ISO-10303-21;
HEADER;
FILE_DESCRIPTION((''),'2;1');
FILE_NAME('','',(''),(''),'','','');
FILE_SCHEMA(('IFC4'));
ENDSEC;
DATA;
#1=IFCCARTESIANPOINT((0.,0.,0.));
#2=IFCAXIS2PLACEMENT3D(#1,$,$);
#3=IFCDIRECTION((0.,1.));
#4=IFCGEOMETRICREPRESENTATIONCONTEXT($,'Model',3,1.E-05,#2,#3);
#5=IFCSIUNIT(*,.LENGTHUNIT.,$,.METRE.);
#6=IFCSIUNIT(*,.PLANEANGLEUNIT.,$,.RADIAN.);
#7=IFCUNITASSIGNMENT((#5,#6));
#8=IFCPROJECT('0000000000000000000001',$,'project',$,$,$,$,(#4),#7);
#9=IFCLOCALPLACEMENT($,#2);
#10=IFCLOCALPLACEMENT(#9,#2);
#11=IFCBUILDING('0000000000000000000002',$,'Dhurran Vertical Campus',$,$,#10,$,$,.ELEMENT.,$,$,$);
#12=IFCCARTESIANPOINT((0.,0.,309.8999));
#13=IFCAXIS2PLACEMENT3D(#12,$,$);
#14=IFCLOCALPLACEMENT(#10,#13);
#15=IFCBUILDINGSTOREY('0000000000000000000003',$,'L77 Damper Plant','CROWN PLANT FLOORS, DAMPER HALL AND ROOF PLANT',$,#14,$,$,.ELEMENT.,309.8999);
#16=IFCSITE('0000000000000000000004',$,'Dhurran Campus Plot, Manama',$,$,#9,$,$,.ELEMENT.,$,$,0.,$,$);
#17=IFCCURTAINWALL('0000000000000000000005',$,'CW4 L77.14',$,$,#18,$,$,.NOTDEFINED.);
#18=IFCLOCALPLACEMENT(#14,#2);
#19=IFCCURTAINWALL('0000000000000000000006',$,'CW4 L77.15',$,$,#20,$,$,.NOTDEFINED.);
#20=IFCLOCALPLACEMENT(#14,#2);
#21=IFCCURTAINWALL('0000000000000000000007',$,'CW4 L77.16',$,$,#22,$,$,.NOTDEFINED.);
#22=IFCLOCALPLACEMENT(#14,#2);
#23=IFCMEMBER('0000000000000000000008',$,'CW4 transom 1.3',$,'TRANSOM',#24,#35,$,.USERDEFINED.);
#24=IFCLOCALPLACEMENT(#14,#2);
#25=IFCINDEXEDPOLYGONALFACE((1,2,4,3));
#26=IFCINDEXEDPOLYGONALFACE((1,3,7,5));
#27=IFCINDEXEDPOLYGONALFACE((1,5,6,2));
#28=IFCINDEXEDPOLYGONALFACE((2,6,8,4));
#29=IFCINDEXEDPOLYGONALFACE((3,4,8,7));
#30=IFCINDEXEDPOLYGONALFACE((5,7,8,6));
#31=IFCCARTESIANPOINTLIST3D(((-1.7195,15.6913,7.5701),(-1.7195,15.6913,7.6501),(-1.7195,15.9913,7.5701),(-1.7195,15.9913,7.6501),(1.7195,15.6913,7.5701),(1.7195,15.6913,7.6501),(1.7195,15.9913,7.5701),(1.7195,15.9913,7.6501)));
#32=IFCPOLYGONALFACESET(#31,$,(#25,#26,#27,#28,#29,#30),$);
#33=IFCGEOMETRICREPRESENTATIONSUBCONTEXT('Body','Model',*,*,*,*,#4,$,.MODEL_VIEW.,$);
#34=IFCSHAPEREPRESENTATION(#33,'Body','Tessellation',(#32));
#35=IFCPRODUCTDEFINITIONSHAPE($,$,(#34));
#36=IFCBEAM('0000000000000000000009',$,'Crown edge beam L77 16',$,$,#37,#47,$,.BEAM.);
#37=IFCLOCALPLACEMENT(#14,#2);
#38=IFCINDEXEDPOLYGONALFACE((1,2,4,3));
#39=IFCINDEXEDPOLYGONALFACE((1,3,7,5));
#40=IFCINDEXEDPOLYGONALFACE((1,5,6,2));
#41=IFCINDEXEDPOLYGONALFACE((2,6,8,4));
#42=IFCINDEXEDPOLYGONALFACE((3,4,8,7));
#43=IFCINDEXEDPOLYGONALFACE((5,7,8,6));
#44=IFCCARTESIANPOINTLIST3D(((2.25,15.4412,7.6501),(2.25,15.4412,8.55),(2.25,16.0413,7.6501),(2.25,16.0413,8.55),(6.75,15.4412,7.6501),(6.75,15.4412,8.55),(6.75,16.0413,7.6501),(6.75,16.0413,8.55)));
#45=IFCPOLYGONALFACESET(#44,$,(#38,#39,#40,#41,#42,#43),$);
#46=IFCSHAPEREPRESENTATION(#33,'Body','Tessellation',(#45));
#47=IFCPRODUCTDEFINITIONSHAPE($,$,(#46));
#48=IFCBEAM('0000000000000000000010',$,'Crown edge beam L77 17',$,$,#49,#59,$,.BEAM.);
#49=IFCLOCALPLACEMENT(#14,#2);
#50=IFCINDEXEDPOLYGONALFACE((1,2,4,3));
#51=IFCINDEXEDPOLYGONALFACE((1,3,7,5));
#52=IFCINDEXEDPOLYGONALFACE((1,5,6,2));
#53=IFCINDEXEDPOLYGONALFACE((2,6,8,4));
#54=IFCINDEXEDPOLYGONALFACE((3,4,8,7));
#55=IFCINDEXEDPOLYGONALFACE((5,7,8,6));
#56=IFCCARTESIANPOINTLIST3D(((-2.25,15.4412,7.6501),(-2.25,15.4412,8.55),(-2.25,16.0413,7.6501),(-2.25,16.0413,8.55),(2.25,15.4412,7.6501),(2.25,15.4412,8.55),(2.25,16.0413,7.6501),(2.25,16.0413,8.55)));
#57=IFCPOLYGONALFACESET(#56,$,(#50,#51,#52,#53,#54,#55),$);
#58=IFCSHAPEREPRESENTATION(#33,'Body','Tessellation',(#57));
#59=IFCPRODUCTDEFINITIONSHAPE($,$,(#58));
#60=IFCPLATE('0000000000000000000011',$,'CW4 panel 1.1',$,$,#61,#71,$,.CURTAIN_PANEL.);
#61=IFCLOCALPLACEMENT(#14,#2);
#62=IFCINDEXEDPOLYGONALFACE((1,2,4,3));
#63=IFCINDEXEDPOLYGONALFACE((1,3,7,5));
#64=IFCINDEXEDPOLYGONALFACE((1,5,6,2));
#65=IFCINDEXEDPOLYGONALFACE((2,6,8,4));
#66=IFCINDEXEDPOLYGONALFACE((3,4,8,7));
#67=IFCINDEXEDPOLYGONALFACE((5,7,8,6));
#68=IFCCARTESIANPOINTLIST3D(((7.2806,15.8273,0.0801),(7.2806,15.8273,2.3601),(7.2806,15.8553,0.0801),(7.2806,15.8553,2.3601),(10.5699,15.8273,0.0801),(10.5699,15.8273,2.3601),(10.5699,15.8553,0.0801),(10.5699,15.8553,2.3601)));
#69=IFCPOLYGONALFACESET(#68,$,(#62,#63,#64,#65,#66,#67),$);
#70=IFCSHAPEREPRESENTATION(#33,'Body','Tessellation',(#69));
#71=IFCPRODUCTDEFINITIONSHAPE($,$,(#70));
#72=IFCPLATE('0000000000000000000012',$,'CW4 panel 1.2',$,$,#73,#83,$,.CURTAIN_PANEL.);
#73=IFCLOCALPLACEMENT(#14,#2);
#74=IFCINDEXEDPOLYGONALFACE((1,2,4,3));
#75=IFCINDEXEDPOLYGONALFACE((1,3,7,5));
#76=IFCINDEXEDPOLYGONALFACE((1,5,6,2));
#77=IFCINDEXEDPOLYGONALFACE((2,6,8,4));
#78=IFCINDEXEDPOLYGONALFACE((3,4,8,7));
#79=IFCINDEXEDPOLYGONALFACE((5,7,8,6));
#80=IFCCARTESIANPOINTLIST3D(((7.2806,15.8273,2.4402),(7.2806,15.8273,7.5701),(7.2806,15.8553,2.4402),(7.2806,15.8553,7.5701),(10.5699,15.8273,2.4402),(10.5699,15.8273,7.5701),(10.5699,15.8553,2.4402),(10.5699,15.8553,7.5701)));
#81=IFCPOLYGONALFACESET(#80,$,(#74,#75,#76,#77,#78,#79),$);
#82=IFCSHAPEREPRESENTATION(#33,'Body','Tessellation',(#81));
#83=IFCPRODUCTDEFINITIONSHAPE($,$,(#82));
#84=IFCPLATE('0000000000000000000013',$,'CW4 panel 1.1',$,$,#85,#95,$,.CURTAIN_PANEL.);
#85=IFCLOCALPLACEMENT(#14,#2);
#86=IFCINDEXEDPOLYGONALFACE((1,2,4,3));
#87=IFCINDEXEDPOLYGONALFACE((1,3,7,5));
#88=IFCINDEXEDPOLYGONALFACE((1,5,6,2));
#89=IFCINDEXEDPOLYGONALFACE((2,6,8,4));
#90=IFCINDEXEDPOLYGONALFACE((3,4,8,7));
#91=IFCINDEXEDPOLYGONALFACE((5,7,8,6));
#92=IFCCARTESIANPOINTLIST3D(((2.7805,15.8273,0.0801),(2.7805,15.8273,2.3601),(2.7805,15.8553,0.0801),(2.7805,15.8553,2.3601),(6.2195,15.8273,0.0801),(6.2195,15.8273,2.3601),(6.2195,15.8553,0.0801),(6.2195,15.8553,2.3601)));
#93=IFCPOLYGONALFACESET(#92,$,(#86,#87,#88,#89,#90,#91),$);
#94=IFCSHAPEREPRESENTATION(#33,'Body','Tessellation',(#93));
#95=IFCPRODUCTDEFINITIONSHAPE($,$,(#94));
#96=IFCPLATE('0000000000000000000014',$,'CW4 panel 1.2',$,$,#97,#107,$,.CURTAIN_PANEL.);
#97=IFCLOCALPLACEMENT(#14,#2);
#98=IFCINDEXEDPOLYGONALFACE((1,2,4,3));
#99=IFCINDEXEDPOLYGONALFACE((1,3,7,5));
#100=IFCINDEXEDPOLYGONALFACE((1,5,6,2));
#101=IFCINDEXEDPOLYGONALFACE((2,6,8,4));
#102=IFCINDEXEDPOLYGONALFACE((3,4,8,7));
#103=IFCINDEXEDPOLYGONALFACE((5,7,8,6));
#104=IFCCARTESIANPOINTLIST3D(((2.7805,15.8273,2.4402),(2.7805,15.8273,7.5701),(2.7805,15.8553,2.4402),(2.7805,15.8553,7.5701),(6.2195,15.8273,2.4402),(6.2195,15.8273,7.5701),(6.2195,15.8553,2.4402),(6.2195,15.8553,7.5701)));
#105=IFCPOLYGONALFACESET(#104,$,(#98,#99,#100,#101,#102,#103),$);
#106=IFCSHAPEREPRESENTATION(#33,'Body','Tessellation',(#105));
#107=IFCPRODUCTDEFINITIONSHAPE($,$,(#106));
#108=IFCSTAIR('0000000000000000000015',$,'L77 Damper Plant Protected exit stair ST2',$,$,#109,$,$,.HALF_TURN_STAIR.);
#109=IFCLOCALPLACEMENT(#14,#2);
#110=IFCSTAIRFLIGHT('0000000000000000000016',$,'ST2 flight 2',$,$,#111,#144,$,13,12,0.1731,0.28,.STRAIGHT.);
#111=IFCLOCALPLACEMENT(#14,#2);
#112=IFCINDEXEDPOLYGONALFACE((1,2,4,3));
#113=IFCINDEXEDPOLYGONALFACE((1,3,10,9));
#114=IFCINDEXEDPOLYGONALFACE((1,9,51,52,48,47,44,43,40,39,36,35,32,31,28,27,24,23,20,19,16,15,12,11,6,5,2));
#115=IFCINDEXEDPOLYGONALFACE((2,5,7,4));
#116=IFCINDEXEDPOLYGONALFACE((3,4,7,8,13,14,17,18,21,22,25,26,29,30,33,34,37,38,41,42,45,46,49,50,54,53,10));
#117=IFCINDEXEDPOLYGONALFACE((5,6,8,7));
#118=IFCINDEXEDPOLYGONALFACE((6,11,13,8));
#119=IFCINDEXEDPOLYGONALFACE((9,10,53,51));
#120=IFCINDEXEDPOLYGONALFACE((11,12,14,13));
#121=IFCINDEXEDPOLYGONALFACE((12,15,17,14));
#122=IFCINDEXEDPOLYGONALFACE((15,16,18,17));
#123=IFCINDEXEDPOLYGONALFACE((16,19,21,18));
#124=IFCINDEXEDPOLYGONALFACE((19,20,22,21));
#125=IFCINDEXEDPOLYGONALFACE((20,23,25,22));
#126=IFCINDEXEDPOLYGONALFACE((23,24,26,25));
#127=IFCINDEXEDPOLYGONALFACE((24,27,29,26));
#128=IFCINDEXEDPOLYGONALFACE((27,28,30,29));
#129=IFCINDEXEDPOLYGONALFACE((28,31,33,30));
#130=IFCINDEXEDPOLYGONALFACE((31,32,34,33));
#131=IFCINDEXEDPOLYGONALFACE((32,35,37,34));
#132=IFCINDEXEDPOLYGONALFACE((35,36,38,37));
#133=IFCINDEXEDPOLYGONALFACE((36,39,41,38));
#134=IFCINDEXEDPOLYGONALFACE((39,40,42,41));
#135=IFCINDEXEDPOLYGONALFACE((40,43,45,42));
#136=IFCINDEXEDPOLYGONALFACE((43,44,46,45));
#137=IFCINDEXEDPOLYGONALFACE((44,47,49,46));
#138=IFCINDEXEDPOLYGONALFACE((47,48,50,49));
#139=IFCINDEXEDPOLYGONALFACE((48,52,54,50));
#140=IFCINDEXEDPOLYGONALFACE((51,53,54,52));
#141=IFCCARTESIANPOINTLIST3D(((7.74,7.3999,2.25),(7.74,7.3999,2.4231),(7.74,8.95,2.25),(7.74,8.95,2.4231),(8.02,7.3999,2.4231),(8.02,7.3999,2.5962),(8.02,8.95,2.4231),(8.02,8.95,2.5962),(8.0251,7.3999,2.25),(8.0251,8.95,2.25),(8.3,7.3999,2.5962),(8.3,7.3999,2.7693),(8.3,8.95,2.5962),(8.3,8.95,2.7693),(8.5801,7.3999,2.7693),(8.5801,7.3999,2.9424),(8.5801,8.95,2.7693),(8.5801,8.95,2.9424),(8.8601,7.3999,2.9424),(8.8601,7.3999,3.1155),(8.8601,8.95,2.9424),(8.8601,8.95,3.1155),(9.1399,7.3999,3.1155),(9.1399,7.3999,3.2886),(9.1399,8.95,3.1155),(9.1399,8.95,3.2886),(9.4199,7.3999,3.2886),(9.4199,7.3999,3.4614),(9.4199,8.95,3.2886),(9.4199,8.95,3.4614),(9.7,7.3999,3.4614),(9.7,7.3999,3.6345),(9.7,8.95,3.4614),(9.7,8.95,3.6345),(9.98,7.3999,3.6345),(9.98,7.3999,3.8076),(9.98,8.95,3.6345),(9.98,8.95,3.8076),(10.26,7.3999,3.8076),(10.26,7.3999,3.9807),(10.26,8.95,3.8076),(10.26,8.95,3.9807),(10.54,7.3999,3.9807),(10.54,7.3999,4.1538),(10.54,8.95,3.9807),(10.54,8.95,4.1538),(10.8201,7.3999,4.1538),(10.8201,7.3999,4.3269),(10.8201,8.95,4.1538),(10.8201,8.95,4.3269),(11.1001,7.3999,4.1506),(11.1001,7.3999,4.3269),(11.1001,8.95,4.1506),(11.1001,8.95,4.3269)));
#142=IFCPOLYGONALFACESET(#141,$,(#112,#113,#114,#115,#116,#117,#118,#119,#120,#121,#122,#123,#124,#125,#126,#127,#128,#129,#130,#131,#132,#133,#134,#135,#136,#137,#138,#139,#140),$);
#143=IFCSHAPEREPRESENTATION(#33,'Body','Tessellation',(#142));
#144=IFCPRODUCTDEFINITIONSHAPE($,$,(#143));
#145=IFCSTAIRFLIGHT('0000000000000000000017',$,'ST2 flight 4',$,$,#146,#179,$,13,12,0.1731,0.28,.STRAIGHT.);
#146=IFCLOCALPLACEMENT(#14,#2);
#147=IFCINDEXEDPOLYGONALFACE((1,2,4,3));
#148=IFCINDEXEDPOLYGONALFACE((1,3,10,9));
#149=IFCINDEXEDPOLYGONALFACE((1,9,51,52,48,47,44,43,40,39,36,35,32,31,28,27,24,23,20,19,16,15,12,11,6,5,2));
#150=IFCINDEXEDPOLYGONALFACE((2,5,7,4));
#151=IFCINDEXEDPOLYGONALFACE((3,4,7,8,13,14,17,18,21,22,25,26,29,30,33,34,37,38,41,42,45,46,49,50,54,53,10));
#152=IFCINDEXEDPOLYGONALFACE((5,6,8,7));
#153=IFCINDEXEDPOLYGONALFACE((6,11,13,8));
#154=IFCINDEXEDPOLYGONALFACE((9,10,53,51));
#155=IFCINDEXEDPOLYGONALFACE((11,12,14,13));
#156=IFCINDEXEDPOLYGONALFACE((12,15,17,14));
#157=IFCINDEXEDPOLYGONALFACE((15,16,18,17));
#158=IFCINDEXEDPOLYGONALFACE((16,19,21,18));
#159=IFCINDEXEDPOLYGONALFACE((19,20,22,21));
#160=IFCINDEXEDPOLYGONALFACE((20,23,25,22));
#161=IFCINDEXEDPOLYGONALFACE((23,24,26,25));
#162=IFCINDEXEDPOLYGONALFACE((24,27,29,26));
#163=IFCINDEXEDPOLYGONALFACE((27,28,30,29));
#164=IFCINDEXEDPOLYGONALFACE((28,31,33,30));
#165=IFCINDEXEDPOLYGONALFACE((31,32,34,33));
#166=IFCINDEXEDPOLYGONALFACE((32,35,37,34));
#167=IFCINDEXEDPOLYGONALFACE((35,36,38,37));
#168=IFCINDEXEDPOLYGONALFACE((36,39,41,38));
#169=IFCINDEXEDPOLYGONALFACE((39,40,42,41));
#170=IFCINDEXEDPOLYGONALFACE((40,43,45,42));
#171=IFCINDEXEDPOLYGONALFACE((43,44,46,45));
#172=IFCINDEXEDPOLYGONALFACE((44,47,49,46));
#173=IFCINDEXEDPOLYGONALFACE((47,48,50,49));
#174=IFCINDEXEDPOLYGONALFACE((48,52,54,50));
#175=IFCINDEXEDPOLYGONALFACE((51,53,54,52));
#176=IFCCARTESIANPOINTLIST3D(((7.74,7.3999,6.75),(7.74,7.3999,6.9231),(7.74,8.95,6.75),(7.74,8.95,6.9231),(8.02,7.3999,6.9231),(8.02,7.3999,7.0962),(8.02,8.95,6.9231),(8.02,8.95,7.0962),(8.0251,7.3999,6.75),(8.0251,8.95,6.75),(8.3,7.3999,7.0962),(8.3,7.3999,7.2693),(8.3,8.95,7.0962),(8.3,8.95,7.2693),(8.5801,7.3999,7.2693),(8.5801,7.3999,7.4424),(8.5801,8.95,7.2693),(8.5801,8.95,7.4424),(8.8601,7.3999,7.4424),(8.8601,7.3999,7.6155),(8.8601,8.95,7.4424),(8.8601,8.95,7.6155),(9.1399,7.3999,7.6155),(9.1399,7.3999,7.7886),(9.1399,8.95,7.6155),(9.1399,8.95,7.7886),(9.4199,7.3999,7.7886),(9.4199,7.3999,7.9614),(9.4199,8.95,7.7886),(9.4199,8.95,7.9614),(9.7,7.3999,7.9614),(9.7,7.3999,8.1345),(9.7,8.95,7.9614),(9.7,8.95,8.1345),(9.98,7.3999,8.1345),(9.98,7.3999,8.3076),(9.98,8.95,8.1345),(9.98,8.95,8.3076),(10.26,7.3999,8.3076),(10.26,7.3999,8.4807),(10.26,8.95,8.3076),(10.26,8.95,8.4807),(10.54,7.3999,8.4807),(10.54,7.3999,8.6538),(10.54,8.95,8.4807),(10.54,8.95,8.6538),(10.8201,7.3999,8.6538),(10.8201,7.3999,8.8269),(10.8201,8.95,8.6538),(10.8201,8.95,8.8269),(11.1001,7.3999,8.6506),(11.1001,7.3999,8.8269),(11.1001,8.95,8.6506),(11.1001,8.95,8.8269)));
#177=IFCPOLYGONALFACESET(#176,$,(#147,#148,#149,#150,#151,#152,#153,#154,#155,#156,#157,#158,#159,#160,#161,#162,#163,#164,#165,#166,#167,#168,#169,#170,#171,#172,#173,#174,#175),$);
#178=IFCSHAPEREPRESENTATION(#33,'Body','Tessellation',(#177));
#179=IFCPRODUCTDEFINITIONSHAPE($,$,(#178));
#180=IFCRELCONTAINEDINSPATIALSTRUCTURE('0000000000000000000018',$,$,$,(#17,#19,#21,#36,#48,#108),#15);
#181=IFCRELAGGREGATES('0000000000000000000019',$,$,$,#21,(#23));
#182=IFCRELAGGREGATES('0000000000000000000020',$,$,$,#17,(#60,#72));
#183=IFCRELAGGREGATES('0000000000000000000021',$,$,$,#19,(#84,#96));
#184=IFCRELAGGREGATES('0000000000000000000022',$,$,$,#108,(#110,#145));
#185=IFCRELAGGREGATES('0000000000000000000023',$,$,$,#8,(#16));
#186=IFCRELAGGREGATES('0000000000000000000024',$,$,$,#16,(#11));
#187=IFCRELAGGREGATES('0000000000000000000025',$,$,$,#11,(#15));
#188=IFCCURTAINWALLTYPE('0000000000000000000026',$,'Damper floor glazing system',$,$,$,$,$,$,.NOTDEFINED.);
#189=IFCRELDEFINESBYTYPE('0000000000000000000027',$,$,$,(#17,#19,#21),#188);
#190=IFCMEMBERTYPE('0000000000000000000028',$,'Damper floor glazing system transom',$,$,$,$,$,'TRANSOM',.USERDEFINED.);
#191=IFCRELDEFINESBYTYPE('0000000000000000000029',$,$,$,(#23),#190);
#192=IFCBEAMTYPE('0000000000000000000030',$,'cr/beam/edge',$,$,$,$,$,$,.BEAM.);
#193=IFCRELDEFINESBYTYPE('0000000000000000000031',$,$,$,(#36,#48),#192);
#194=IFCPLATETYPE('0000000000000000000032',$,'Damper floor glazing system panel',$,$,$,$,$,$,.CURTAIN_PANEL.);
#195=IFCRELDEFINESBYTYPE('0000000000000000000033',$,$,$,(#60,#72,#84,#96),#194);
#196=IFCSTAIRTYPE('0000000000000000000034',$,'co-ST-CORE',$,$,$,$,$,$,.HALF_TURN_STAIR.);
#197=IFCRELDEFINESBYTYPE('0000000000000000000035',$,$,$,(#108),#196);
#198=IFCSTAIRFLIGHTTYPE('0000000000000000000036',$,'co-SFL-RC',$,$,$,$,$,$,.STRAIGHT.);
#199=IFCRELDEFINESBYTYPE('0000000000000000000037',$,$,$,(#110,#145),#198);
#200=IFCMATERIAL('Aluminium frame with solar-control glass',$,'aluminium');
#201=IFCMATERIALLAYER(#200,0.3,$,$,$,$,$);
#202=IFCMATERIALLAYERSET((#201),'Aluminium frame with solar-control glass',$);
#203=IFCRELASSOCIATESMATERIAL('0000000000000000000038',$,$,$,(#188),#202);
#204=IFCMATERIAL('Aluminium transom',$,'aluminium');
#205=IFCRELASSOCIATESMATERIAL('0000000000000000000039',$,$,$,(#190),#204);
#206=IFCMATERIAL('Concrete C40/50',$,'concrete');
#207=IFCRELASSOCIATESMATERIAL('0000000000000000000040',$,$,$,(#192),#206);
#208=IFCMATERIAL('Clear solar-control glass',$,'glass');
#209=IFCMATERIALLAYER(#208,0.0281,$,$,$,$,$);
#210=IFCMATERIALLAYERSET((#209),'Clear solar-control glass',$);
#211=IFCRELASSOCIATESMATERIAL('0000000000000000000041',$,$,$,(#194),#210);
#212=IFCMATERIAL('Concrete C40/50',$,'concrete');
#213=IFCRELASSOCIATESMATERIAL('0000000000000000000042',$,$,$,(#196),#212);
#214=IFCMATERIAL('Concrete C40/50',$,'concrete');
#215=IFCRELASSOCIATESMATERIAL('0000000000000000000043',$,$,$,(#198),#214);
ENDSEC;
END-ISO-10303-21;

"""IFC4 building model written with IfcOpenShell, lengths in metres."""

from ifc_helpers import new_model, si_unit, direction, frame, origin, origin_2d, place, context, subcontext, project, spatial, polyline, rectangle, outline, extrude, material, layer, layer_set, material_profile, profile_set, type_object, element, aggregate, save


model = new_model("IFC4")

# Units and contexts
model_context = context("Model", 3, precision=1e-05, world=origin(), true_north=direction((0.0, 1.0)))
body_context = subcontext(model_context, "Body", "Model", "MODEL_VIEW")
ifc_project = project(units=[si_unit("LENGTHUNIT", "METRE"), si_unit("PLANEANGLEUNIT", "RADIAN")], contexts=[model_context])

# Site, building, storey
site_placement = place(None, origin())
site = spatial("IfcSite", under=ifc_project, at=site_placement, Name="Dhurran Campus Plot, Manama", CompositionType="ELEMENT", RefElevation=0.0)
building_placement = place(site_placement, origin())
building = spatial("IfcBuilding", under=site, at=building_placement, Name="Dhurran Vertical Campus", CompositionType="ELEMENT")
storey_placement = place(building_placement, frame((0.0, 0.0, 309.8999)))
storey = spatial("IfcBuildingStorey", under=building, at=storey_placement, Name="L77 Damper Plant", Description="CROWN PLANT FLOORS, DAMPER HALL AND ROOF PLANT", CompositionType="ELEMENT", Elevation=309.8999)

# Curtain walls
ifc_material_1 = material(Name="Aluminium frame with solar-control glass", Category="aluminium")
ifc_layer_1 = layer(ifc_material_1, 0.3)
ifc_layer_set_1 = layer_set([ifc_layer_1], Name="Aluminium frame with solar-control glass")
curtain_wall_type = type_object("IfcCurtainWallType", Name="Damper floor glazing system", PredefinedType="NOTDEFINED", material=ifc_layer_set_1)
curtain_wall_1_placement = place(storey_placement, origin())
curtain_wall_1 = element("IfcCurtainWall", 1, at=curtain_wall_1_placement, inside=storey, type_object=curtain_wall_type, Name="CW4 L77.14", PredefinedType="NOTDEFINED")
curtain_wall_2_placement = place(storey_placement, origin())
curtain_wall_2 = element("IfcCurtainWall", 2, at=curtain_wall_2_placement, inside=storey, type_object=curtain_wall_type, Name="CW4 L77.15", PredefinedType="NOTDEFINED")

# Curtain wall
curtain_wall_3_placement = place(storey_placement, origin())
curtain_wall_3 = element("IfcCurtainWall", 3, at=curtain_wall_3_placement, inside=storey, type_object=curtain_wall_type, Name="CW4 L77.16", PredefinedType="NOTDEFINED")

# Member
ifc_material_2 = material(Name="Aluminium transom", Category="aluminium")
ifc_material_profile_1 = material_profile(ifc_material_2, rectangle(XDim=0.3, YDim=0.0801, at=origin_2d()), Name="Damper floor glazing system transom")
ifc_profile_set_1 = profile_set([ifc_material_profile_1], Name="Aluminium transom")
member_type_1 = type_object("IfcMemberType", Name="Damper floor glazing system transom", ElementType="TRANSOM", PredefinedType="USERDEFINED", material=ifc_profile_set_1)
member_1_placement = place(storey_placement, frame((1.7195, 15.8413, 7.6101), z_axis=(-1.0, 0.0, 0.0), x_axis=(0.0, -1.0, 0.0)))
member_1 = element("IfcMember", 4, at=member_1_placement, type_object=member_type_1, Name="CW4 transom 1.3", ObjectType="TRANSOM", PredefinedType="USERDEFINED", context=body_context, shape_type="SweptSolid", body=[
    extrude(rectangle(XDim=0.3, YDim=0.0801, at=origin_2d()), origin(), (0.0, 0.0, 1.0), 3.439),
])
aggregate(curtain_wall_3, [member_1])

# Beams
ifc_material_3 = material(Name="Concrete C40/50", Category="concrete")
ifc_material_profile_2 = material_profile(ifc_material_3, rectangle(XDim=0.6001, YDim=0.8999, at=origin_2d()), Name="cr/beam/edge")
ifc_profile_set_2 = profile_set([ifc_material_profile_2], Name="Concrete C40/50")
beam_type = type_object("IfcBeamType", Name="cr/beam/edge", PredefinedType="BEAM", material=ifc_profile_set_2)
for number, where, z_axis, x_axis, name in (
    (5, (6.75, 15.7412, 8.1001), (-1.0, 0.0, 0.0), (0.0, -1.0, 0.0), "Crown edge beam L77 16"),
    (6, (2.25, 15.7412, 8.1001), (-1.0, 0.0, 0.0), (0.0, -1.0, 0.0), "Crown edge beam L77 17"),
):
    element("IfcBeam", number, at=place(storey_placement, frame(where, z_axis=z_axis, x_axis=x_axis)), inside=storey, type_object=beam_type, Name=name, PredefinedType="BEAM", context=body_context, shape_type="SweptSolid", body=[
        extrude(rectangle(XDim=0.6001, YDim=0.8999, at=origin_2d()), origin(), (0.0, 0.0, 1.0), 4.5),
    ])

# Plates
ifc_material_4 = material(Name="Clear solar-control glass", Category="glass")
ifc_layer_2 = layer(ifc_material_4, 0.0281)
ifc_layer_set_2 = layer_set([ifc_layer_2], Name="Clear solar-control glass")
plate_type = type_object("IfcPlateType", Name="Damper floor glazing system panel", PredefinedType="CURTAIN_PANEL", material=ifc_layer_set_2)
plate_1_placement = place(storey_placement, frame((8.9253, 15.8413, 0.0801), z_axis=(0.0, 0.0, 1.0), x_axis=(-1.0, 0.0, 0.0)))
plate_1 = element("IfcPlate", 7, at=plate_1_placement, type_object=plate_type, Name="CW4 panel 1.1", PredefinedType="CURTAIN_PANEL", context=body_context, shape_type="SweptSolid", body=[
    extrude(rectangle(XDim=3.2893, YDim=0.0281, at=origin_2d()), origin(), (0.0, 0.0, 1.0), 2.28),
])
plate_2_placement = place(storey_placement, frame((8.9253, 15.8413, 2.4402), z_axis=(0.0, 0.0, 1.0), x_axis=(-1.0, 0.0, 0.0)))
plate_2 = element("IfcPlate", 8, at=plate_2_placement, type_object=plate_type, Name="CW4 panel 1.2", PredefinedType="CURTAIN_PANEL", context=body_context, shape_type="SweptSolid", body=[
    extrude(rectangle(XDim=3.2893, YDim=0.0281, at=origin_2d()), origin(), (0.0, 0.0, 1.0), 5.1299),
])
aggregate(curtain_wall_1, [plate_1, plate_2])
plate_3_placement = place(storey_placement, frame((4.5, 15.8413, 0.0801), z_axis=(0.0, 0.0, 1.0), x_axis=(-1.0, 0.0, 0.0)))
plate_3 = element("IfcPlate", 9, at=plate_3_placement, type_object=plate_type, Name="CW4 panel 1.1", PredefinedType="CURTAIN_PANEL", context=body_context, shape_type="SweptSolid", body=[
    extrude(rectangle(XDim=3.439, YDim=0.0281, at=origin_2d()), origin(), (0.0, 0.0, 1.0), 2.28),
])
plate_4_placement = place(storey_placement, frame((4.5, 15.8413, 2.4402), z_axis=(0.0, 0.0, 1.0), x_axis=(-1.0, 0.0, 0.0)))
plate_4 = element("IfcPlate", 10, at=plate_4_placement, type_object=plate_type, Name="CW4 panel 1.2", PredefinedType="CURTAIN_PANEL", context=body_context, shape_type="SweptSolid", body=[
    extrude(rectangle(XDim=3.439, YDim=0.0281, at=origin_2d()), origin(), (0.0, 0.0, 1.0), 5.1299),
])
aggregate(curtain_wall_2, [plate_3, plate_4])

# Stair, stair flights
ifc_material_5 = material(Name="Concrete C40/50", Category="concrete")
stair_type = type_object("IfcStairType", Name="co-ST-CORE", PredefinedType="HALF_TURN_STAIR", material=ifc_material_5)
stair_placement = place(storey_placement, origin())
stair = element("IfcStair", 11, at=stair_placement, inside=storey, type_object=stair_type, Name="L77 Damper Plant Protected exit stair ST2", PredefinedType="HALF_TURN_STAIR")
ifc_material_6 = material(Name="Concrete C40/50", Category="concrete")
stair_flight_type = type_object("IfcStairFlightType", Name="co-SFL-RC", PredefinedType="STRAIGHT", material=ifc_material_6)
stair_flight_1_placement = place(storey_placement, frame((7.74, 8.175, 2.25), z_axis=(0.0, 0.0, 1.0), x_axis=(1.0, 0.0, 0.0)))
stair_flight_1 = element("IfcStairFlight", 12, at=stair_flight_1_placement, type_object=stair_flight_type, Name="ST2 flight 2", NumberOfRisers=13, NumberOfTreads=12, PredefinedType="STRAIGHT", RiserHeight=0.1731, TreadLength=0.28, context=body_context, shape_type="SweptSolid", body=[
    extrude(outline(polyline([(0.0, 0.0), (0.0, 0.1731), (0.28, 0.1731), (0.28, 0.3462), (0.5601, 0.3462), (0.5601, 0.5193), (0.8401, 0.5193), (0.8401, 0.6924), (1.1201, 0.6924), (1.1201, 0.8655), (1.3999, 0.8655), (1.3999, 1.0386), (1.6799, 1.0386), (1.6799, 1.2114), (1.96, 1.2114), (1.96, 1.3845), (2.24, 1.3845), (2.24, 1.5576), (2.52, 1.5576), (2.52, 1.7307), (2.8, 1.7307), (2.8, 1.9038), (3.0801, 1.9038), (3.0801, 2.0769), (3.3601, 2.0769), (3.3601, 2.25), (3.3601, 1.9006), (0.2852, 0.0), (0.0, 0.0)])), frame((0.0, 0.7749, 0.0), z_axis=(0.0, -1.0, 0.0), x_axis=(1.0, 0.0, 0.0)), (0.0, 0.0, 1.0), 1.55),
])
stair_flight_2_placement = place(storey_placement, frame((7.74, 8.175, 6.75), z_axis=(0.0, 0.0, 1.0), x_axis=(1.0, 0.0, 0.0)))
stair_flight_2 = element("IfcStairFlight", 13, at=stair_flight_2_placement, type_object=stair_flight_type, Name="ST2 flight 4", NumberOfRisers=13, NumberOfTreads=12, PredefinedType="STRAIGHT", RiserHeight=0.1731, TreadLength=0.28, context=body_context, shape_type="SweptSolid", body=[
    extrude(outline(polyline([(0.0, 0.0), (0.0, 0.1731), (0.28, 0.1731), (0.28, 0.3462), (0.5601, 0.3462), (0.5601, 0.5193), (0.8401, 0.5193), (0.8401, 0.6924), (1.1201, 0.6924), (1.1201, 0.8655), (1.3999, 0.8655), (1.3999, 1.0386), (1.6799, 1.0386), (1.6799, 1.2114), (1.96, 1.2114), (1.96, 1.3845), (2.24, 1.3845), (2.24, 1.5576), (2.52, 1.5576), (2.52, 1.7307), (2.8, 1.7307), (2.8, 1.9038), (3.0801, 1.9038), (3.0801, 2.0769), (3.3601, 2.0769), (3.3601, 2.25), (3.3601, 1.9006), (0.2852, 0.0), (0.0, 0.0)])), frame((0.0, 0.7749, 0.0), z_axis=(0.0, -1.0, 0.0), x_axis=(1.0, 0.0, 0.0)), (0.0, 0.0, 1.0), 1.55),
])
aggregate(stair, [stair_flight_1, stair_flight_2])

save(model, "model.ifc")
